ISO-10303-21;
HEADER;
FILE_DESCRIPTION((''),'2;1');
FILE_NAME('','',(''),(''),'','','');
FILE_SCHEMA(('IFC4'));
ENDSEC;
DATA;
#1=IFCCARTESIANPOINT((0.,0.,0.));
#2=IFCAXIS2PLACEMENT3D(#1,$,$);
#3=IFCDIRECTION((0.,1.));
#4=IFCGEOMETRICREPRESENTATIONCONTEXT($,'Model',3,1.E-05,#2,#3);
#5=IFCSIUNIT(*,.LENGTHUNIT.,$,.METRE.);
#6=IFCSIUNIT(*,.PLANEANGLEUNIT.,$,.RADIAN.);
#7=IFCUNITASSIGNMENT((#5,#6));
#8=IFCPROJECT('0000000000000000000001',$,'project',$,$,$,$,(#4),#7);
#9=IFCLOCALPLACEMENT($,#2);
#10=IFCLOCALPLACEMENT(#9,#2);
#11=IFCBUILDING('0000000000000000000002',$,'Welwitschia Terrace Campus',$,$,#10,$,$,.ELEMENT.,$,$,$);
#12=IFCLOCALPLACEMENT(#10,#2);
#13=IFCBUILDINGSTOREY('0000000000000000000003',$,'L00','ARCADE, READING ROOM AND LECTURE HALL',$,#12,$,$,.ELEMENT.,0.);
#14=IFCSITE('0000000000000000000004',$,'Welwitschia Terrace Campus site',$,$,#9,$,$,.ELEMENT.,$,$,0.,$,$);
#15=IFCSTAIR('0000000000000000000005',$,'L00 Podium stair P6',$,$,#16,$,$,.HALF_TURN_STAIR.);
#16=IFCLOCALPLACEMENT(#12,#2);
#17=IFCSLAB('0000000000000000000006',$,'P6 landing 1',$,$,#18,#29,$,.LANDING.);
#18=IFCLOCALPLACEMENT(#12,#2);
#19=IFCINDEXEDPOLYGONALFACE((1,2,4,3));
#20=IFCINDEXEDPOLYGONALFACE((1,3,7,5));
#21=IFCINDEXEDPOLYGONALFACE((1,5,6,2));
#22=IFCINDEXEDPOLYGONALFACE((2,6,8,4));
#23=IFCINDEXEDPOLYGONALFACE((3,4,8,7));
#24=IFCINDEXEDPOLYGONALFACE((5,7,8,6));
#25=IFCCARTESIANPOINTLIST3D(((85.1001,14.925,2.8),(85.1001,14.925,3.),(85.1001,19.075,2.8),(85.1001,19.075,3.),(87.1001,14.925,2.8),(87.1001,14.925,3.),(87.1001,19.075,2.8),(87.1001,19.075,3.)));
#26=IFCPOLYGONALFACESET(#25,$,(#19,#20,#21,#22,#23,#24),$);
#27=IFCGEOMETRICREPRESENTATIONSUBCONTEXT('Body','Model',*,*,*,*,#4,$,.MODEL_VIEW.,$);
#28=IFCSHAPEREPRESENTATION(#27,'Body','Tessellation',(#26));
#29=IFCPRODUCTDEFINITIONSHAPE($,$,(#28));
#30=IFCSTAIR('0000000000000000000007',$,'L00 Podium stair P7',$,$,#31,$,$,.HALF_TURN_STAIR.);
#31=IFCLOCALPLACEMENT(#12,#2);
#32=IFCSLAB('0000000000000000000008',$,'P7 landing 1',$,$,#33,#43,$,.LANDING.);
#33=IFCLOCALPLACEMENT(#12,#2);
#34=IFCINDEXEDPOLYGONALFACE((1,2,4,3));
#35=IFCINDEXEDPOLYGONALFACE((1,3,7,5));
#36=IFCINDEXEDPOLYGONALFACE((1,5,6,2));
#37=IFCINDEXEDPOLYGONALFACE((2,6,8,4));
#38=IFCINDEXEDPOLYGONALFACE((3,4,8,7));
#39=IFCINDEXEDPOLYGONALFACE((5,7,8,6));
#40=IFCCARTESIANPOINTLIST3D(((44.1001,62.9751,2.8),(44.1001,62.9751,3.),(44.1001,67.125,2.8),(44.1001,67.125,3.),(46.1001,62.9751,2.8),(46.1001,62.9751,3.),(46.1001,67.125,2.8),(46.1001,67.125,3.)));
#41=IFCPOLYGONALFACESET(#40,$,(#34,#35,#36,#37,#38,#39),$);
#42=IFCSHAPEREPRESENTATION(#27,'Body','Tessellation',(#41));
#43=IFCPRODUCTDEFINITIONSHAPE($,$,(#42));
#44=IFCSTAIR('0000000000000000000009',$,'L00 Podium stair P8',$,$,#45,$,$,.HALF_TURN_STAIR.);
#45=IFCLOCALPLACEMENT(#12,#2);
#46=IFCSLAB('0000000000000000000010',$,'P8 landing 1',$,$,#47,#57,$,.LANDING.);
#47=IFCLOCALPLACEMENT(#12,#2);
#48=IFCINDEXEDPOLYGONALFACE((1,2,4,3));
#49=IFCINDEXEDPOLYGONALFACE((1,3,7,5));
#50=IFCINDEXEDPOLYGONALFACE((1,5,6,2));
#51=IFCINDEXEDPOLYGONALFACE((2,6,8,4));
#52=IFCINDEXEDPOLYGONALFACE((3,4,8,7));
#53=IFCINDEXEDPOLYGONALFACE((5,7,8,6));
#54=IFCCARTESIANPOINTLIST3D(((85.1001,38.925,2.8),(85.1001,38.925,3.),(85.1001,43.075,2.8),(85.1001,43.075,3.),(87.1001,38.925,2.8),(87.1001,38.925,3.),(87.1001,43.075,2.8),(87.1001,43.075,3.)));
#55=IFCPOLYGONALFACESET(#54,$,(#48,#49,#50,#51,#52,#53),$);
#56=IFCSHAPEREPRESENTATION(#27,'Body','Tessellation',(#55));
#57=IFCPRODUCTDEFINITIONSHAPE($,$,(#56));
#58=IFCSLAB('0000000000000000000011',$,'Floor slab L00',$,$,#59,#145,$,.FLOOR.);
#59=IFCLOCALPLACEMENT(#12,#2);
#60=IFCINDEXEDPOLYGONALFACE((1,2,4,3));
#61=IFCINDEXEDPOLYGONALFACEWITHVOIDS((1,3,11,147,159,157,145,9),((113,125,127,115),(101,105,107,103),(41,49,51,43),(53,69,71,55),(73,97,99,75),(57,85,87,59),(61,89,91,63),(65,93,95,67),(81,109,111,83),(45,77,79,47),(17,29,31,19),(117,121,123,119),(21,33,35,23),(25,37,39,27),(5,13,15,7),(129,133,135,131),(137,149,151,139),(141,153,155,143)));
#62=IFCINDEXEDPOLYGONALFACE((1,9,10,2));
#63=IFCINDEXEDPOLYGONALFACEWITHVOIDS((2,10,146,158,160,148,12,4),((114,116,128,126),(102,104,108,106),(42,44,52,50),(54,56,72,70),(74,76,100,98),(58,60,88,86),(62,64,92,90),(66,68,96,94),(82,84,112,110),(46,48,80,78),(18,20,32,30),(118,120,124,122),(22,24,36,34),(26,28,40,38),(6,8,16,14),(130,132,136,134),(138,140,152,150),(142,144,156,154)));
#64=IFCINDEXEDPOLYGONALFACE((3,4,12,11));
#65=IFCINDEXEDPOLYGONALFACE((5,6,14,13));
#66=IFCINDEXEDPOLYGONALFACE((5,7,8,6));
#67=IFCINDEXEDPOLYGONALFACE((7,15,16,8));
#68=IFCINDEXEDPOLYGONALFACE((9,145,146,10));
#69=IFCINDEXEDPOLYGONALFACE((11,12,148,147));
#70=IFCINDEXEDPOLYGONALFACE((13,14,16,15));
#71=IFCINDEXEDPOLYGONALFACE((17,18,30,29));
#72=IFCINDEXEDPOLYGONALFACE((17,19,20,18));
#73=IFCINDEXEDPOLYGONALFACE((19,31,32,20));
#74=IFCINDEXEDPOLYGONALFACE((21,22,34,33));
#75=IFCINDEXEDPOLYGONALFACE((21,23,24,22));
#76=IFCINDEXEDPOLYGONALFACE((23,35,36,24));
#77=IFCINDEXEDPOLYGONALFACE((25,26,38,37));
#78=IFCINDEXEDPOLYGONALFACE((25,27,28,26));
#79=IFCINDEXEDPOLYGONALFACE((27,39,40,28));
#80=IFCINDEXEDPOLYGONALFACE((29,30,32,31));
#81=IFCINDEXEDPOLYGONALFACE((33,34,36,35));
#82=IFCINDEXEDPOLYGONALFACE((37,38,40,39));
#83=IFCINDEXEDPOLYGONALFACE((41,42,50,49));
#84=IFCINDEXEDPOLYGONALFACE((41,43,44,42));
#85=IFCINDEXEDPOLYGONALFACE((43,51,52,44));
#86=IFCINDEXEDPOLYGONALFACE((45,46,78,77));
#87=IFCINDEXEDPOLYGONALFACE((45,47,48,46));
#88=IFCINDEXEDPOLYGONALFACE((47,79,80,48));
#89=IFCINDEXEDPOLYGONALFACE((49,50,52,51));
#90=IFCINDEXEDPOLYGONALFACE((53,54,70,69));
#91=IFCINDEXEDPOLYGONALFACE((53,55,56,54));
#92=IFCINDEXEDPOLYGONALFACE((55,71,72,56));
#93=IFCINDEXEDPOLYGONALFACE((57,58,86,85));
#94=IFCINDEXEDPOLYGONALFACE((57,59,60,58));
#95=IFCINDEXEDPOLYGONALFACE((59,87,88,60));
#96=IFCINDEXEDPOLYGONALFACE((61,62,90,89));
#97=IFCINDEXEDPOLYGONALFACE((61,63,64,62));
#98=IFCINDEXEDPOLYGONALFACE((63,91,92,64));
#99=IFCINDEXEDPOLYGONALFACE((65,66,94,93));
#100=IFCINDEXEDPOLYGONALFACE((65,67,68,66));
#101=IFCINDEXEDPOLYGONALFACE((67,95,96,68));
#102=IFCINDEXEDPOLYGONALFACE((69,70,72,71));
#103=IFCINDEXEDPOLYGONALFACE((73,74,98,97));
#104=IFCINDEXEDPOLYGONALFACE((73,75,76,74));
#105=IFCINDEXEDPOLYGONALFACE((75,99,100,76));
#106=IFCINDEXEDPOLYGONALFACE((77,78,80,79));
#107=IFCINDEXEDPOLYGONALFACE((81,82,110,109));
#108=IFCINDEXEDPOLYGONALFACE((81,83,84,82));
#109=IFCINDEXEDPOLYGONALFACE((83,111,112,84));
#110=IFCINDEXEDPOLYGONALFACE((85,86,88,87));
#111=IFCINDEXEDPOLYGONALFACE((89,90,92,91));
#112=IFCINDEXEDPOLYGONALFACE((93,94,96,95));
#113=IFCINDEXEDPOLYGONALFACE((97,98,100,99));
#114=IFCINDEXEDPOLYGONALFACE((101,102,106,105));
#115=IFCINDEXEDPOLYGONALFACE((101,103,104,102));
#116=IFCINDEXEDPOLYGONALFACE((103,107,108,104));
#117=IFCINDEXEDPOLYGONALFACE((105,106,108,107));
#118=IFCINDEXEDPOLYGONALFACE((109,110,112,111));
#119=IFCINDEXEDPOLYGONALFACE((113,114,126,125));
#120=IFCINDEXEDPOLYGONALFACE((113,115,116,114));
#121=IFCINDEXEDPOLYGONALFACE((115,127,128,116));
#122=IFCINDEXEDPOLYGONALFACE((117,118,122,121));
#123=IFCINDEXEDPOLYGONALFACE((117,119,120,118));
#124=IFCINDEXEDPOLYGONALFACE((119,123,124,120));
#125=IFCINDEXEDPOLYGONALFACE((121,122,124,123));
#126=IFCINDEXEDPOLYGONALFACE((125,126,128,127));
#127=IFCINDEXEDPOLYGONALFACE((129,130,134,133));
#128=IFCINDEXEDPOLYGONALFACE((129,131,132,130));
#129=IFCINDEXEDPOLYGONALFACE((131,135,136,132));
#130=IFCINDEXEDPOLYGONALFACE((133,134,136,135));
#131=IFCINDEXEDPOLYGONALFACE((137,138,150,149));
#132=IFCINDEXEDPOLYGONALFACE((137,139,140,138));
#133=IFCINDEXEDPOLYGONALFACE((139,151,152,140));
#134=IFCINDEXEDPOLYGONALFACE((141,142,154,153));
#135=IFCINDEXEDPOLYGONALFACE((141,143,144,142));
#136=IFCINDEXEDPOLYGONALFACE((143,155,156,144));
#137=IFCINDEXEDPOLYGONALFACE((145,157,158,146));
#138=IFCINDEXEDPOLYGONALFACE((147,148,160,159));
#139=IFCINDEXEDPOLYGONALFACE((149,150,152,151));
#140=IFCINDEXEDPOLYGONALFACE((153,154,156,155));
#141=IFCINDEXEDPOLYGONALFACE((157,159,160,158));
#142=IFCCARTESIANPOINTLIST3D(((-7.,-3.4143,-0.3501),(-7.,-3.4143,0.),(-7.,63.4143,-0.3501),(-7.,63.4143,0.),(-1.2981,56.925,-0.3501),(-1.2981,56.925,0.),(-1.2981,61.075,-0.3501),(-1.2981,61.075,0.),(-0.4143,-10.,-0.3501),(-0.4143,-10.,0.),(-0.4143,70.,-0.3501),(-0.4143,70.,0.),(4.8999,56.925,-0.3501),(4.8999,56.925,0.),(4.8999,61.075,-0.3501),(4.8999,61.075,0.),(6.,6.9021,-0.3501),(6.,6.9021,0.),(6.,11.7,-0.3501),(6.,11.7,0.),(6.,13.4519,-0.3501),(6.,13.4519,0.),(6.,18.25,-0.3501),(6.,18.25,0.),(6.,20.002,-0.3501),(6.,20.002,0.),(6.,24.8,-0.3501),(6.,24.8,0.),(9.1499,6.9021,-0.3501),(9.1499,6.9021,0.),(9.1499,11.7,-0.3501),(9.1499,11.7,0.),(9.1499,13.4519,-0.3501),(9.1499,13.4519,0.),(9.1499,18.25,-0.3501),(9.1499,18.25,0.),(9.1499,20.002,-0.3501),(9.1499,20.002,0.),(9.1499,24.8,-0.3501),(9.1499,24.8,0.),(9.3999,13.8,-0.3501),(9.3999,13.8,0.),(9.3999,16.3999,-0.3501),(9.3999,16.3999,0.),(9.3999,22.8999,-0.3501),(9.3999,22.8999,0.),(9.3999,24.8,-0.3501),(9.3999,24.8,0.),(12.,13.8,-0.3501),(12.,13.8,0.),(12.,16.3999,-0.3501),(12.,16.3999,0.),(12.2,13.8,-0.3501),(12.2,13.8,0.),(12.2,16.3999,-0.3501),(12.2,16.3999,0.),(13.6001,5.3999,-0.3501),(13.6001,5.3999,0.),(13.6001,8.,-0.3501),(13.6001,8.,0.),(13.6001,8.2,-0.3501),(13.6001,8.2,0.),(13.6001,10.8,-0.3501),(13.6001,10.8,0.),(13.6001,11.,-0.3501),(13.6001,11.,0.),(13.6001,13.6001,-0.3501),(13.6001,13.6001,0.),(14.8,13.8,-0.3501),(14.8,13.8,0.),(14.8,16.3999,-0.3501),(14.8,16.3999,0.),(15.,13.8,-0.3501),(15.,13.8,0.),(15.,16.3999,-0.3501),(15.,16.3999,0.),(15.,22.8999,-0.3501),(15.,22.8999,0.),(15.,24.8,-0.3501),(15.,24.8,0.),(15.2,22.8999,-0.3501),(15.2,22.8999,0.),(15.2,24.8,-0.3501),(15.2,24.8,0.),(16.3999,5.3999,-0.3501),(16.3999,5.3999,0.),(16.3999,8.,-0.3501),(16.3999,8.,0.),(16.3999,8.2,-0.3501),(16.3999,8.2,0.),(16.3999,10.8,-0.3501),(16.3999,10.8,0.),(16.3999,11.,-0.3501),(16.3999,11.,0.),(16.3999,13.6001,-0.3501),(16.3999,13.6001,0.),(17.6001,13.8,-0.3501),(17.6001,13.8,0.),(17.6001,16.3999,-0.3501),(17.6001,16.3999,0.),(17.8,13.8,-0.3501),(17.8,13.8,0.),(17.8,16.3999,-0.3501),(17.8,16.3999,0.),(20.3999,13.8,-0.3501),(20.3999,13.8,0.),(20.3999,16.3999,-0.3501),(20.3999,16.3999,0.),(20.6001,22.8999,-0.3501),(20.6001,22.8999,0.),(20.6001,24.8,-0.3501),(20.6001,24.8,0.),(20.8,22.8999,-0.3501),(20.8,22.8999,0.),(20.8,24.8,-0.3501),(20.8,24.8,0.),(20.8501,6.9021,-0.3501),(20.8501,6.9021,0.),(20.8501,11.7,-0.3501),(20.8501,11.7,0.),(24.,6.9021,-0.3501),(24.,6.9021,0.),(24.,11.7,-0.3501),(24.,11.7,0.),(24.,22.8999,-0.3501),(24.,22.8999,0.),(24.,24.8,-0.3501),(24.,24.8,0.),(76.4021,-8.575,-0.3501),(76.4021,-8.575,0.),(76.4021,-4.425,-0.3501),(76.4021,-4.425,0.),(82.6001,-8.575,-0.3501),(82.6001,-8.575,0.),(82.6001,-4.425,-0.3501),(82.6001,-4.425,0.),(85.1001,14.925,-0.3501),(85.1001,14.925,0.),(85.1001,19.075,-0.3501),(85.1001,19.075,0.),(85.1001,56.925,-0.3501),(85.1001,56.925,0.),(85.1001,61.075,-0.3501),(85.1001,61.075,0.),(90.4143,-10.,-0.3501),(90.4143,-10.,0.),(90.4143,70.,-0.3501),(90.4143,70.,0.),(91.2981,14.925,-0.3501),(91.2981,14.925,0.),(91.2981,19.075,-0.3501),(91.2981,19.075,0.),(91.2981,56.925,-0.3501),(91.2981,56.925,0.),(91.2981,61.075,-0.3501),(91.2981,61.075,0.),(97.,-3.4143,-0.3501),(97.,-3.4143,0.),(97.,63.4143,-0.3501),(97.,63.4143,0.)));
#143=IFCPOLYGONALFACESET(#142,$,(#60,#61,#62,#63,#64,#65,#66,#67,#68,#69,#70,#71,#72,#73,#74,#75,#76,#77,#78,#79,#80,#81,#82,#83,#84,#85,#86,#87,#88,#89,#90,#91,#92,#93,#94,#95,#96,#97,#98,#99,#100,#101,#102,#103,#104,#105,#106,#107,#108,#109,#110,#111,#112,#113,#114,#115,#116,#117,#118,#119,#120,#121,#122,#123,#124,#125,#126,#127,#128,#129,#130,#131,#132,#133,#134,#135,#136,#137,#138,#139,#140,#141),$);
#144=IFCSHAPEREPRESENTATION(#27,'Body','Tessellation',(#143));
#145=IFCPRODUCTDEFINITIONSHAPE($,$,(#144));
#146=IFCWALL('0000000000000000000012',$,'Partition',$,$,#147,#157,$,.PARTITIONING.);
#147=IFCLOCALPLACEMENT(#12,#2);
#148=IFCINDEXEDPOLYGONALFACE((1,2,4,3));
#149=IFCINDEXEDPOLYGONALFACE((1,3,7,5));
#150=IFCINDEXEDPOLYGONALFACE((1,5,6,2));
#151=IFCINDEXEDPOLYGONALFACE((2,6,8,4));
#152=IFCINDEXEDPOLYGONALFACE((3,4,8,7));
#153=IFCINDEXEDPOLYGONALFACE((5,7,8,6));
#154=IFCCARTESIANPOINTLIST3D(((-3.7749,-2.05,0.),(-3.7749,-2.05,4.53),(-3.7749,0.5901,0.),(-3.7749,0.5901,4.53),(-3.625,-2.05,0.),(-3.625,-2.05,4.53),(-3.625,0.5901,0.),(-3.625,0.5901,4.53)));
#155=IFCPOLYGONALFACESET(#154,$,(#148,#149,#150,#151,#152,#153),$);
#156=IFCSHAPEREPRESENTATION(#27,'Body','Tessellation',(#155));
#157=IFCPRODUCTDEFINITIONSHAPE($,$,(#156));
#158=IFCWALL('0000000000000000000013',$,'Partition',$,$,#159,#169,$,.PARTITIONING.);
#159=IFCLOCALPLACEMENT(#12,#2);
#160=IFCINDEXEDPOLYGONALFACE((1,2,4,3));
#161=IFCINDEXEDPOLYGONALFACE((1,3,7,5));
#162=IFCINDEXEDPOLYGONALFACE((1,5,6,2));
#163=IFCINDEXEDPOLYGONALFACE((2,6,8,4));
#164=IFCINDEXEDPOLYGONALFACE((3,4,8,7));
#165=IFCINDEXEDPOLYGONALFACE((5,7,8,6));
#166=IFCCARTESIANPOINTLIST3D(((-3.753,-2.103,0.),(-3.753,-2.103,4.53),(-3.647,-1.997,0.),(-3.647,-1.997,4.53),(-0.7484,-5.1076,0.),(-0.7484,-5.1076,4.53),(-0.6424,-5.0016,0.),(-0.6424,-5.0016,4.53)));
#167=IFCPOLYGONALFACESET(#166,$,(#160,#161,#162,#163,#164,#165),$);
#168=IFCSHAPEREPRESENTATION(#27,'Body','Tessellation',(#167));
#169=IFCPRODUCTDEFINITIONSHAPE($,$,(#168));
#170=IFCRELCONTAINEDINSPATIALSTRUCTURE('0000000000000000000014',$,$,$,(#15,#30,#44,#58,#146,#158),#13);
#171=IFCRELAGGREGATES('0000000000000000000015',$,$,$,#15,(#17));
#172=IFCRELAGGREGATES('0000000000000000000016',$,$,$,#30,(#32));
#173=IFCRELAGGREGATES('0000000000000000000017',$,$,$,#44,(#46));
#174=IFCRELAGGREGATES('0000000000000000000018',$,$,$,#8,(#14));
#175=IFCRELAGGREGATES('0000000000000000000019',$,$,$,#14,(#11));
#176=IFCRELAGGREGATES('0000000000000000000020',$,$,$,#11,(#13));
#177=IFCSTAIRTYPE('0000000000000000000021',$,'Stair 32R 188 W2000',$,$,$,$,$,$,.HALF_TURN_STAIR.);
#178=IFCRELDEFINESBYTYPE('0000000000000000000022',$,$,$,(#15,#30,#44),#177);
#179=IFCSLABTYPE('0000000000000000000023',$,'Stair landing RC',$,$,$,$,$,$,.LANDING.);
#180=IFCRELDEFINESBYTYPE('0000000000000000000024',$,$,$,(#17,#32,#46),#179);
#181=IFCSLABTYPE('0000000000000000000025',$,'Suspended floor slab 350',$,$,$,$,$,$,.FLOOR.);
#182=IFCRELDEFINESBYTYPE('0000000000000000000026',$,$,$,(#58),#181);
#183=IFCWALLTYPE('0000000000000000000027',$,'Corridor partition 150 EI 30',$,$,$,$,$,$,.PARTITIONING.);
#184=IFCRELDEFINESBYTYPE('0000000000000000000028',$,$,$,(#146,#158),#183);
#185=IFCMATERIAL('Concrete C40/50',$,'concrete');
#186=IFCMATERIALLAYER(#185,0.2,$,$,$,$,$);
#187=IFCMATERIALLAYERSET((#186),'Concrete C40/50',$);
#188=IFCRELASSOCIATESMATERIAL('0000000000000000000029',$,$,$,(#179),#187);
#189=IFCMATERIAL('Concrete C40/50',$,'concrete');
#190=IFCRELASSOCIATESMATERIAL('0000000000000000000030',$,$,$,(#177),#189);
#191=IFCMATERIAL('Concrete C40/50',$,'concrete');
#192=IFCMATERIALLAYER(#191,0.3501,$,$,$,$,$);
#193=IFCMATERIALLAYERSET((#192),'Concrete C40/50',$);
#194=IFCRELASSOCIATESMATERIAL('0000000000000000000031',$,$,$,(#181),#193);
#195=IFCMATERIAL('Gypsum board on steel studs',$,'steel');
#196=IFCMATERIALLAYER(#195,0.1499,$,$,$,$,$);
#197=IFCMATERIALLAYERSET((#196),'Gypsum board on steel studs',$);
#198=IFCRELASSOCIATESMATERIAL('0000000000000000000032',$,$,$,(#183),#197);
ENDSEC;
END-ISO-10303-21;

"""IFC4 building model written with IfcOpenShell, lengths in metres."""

from ifc_helpers import new_model, si_unit, direction, frame, frame_2d, origin, place, context, subcontext, project, spatial, polyline, rectangle, outline, extrude, material, layer, layer_set, type_object, element, aggregate, save


model = new_model("IFC4")

# Units and contexts
model_context = context("Model", 3, precision=1e-05, world=origin(), true_north=direction((0.0, 1.0)))
body_context = subcontext(model_context, "Body", "Model", "MODEL_VIEW")
ifc_project = project(units=[si_unit("LENGTHUNIT", "METRE"), si_unit("PLANEANGLEUNIT", "RADIAN")], contexts=[model_context])

# Site, building, storey
site_placement = place(None, origin())
site = spatial("IfcSite", under=ifc_project, at=site_placement, Name="Welwitschia Terrace Campus site", CompositionType="ELEMENT", RefElevation=0.0)
building_placement = place(site_placement, origin())
building = spatial("IfcBuilding", under=site, at=building_placement, Name="Welwitschia Terrace Campus", CompositionType="ELEMENT")
storey_placement = place(building_placement, origin())
storey = spatial("IfcBuildingStorey", under=building, at=storey_placement, Name="L00", Description="ARCADE, READING ROOM AND LECTURE HALL", CompositionType="ELEMENT", Elevation=0.0)

# Shared definitions
ifc_material_1 = material(Name="Concrete C40/50", Category="concrete")
ifc_layer_1 = layer(ifc_material_1, 0.2)
ifc_layer_set_1 = layer_set([ifc_layer_1], Name="Concrete C40/50")
slab_type_1 = type_object("IfcSlabType", Name="Stair landing RC", PredefinedType="LANDING", material=ifc_layer_set_1)

# Stairs, slabs
ifc_material_2 = material(Name="Concrete C40/50", Category="concrete")
stair_type_1 = type_object("IfcStairType", Name="Stair 32R 188 W2000", PredefinedType="HALF_TURN_STAIR", material=ifc_material_2)
stair_1_placement = place(storey_placement, origin())
stair_1 = element("IfcStair", 1, at=stair_1_placement, inside=storey, type_object=stair_type_1, Name="L00 Podium stair P6", PredefinedType="HALF_TURN_STAIR")
slab_1_placement = place(storey_placement, frame((0.0, 0.0, 2.8)))
slab_1 = element("IfcSlab", 2, at=slab_1_placement, type_object=slab_type_1, Name="P6 landing 1", PredefinedType="LANDING", context=body_context, shape_type="SweptSolid", body=[
    extrude(outline(polyline([(87.1001, 19.075), (85.1001, 19.075), (85.1001, 14.925), (87.1001, 14.925), (87.1001, 19.075)])), origin(), (0.0, 0.0, 1.0), 0.2),
])
aggregate(stair_1, [slab_1])
stair_2_placement = place(storey_placement, origin())
stair_2 = element("IfcStair", 3, at=stair_2_placement, inside=storey, type_object=stair_type_1, Name="L00 Podium stair P7", PredefinedType="HALF_TURN_STAIR")
slab_2_placement = place(storey_placement, frame((0.0, 0.0, 2.8)))
slab_2 = element("IfcSlab", 4, at=slab_2_placement, type_object=slab_type_1, Name="P7 landing 1", PredefinedType="LANDING", context=body_context, shape_type="SweptSolid", body=[
    extrude(outline(polyline([(44.1001, 62.9751), (46.1001, 62.9751), (46.1001, 67.125), (44.1001, 67.125), (44.1001, 62.9751)])), origin(), (0.0, 0.0, 1.0), 0.2),
])
aggregate(stair_2, [slab_2])
stair_3_placement = place(storey_placement, origin())
stair_3 = element("IfcStair", 5, at=stair_3_placement, inside=storey, type_object=stair_type_1, Name="L00 Podium stair P8", PredefinedType="HALF_TURN_STAIR")
slab_3_placement = place(storey_placement, frame((0.0, 0.0, 2.8)))
slab_3 = element("IfcSlab", 6, at=slab_3_placement, type_object=slab_type_1, Name="P8 landing 1", PredefinedType="LANDING", context=body_context, shape_type="SweptSolid", body=[
    extrude(outline(polyline([(87.1001, 43.075), (85.1001, 43.075), (85.1001, 38.925), (87.1001, 38.925), (87.1001, 43.075)])), origin(), (0.0, 0.0, 1.0), 0.2),
])
aggregate(stair_3, [slab_3])

# Slab
ifc_material_3 = material(Name="Concrete C40/50", Category="concrete")
ifc_layer_2 = layer(ifc_material_3, 0.3501)
ifc_layer_set_2 = layer_set([ifc_layer_2], Name="Concrete C40/50")
slab_type_2 = type_object("IfcSlabType", Name="Suspended floor slab 350", PredefinedType="FLOOR", material=ifc_layer_set_2)
slab_4_placement = place(storey_placement, frame((0.0, 0.0, -0.3501)))
element("IfcSlab", 7, at=slab_4_placement, inside=storey, type_object=slab_type_2, Name="Floor slab L00", PredefinedType="FLOOR", context=body_context, shape_type="SweptSolid", body=[
    extrude(outline(polyline([(-7.0, -3.4143), (-7.0, 63.4143), (-0.4143, 70.0), (90.4143, 70.0), (97.0, 63.4143), (97.0, -3.4143), (90.4143, -10.0), (-0.4143, -10.0), (-7.0, -3.4143)]), holes=[polyline([(16.3999, 8.0), (13.6001, 8.0), (13.6001, 5.3999), (16.3999, 5.3999), (16.3999, 8.0)]), polyline([(9.1499, 11.7), (6.0, 11.7), (6.0, 6.9021), (9.1499, 6.9021), (9.1499, 11.7)]), polyline([(16.3999, 10.8), (13.6001, 10.8), (13.6001, 8.2), (16.3999, 8.2), (16.3999, 10.8)]), polyline([(12.0, 16.3999), (9.3999, 16.3999), (9.3999, 13.8), (12.0, 13.8), (12.0, 16.3999)]), polyline([(14.8, 16.3999), (12.2, 16.3999), (12.2, 13.8), (14.8, 13.8), (14.8, 16.3999)]), polyline([(9.1499, 18.25), (6.0, 18.25), (6.0, 13.4519), (9.1499, 13.4519), (9.1499, 18.25)]), polyline([(9.1499, 24.8), (6.0, 24.8), (6.0, 20.002), (9.1499, 20.002), (9.1499, 24.8)]), polyline([(15.0, 22.8999), (15.0, 24.8), (9.3999, 24.8), (9.3999, 22.8999), (15.0, 22.8999)]), polyline([(4.8999, 56.925), (4.8999, 61.075), (-1.2981, 61.075), (-1.2981, 56.925), (4.8999, 56.925)]), polyline([(82.6001, -4.425), (76.4021, -4.425), (76.4021, -8.575), (82.6001, -8.575), (82.6001, -4.425)]), polyline([(24.0, 11.7), (20.8501, 11.7), (20.8501, 6.9021), (24.0, 6.9021), (24.0, 11.7)]), polyline([(16.3999, 13.6001), (13.6001, 13.6001), (13.6001, 11.0), (16.3999, 11.0), (16.3999, 13.6001)]), polyline([(17.6001, 16.3999), (15.0, 16.3999), (15.0, 13.8), (17.6001, 13.8), (17.6001, 16.3999)]), polyline([(20.3999, 16.3999), (17.8, 16.3999), (17.8, 13.8), (20.3999, 13.8), (20.3999, 16.3999)]), polyline([(91.2981, 19.075), (85.1001, 19.075), (85.1001, 14.925), (91.2981, 14.925), (91.2981, 19.075)]), polyline([(20.6001, 24.8), (15.2, 24.8), (15.2, 22.8999), (20.6001, 22.8999), (20.6001, 24.8)]), polyline([(24.0, 22.8999), (24.0, 24.8), (20.8, 24.8), (20.8, 22.8999), (24.0, 22.8999)]), polyline([(91.2981, 56.925), (91.2981, 61.075), (85.1001, 61.075), (85.1001, 56.925), (91.2981, 56.925)])]), origin(), (0.0, 0.0, 1.0), 0.3501),
])

# Walls
ifc_material_4 = material(Name="Gypsum board on steel studs", Category="steel")
ifc_layer_3 = layer(ifc_material_4, 0.1499)
ifc_layer_set_3 = layer_set([ifc_layer_3], Name="Gypsum board on steel studs")
wall_type = type_object("IfcWallType", Name="Corridor partition 150 EI 30", PredefinedType="PARTITIONING", material=ifc_layer_set_3)
wall_1_placement = place(storey_placement, frame((-3.7, -2.05, 0.0), z_axis=(0.0, 0.0, 1.0), x_axis=(0.0, 1.0, 0.0)))
element("IfcWall", 8, at=wall_1_placement, inside=storey, type_object=wall_type, Name="Partition", PredefinedType="PARTITIONING", context=body_context, shape_type="SweptSolid", body=[
    extrude(rectangle(XDim=2.6401, YDim=0.1499, at=frame_2d((1.3201, 0.0))), origin(), (0.0, 0.0, 1.0), 4.53),
])
wall_2_placement = place(storey_placement, frame((-3.7, -2.05, 0.0), z_axis=(0.0, 0.0, 1.0), x_axis=(0.707107, -0.707107, 0.0)))
element("IfcWall", 9, at=wall_2_placement, inside=storey, type_object=wall_type, Name="Partition", PredefinedType="PARTITIONING", context=body_context, shape_type="SweptSolid", body=[
    extrude(rectangle(XDim=4.2493, YDim=0.1499, at=frame_2d((2.1245, 0.0))), origin(), (0.0, 0.0, 1.0), 4.53),
])

save(model, "model.ifc")
